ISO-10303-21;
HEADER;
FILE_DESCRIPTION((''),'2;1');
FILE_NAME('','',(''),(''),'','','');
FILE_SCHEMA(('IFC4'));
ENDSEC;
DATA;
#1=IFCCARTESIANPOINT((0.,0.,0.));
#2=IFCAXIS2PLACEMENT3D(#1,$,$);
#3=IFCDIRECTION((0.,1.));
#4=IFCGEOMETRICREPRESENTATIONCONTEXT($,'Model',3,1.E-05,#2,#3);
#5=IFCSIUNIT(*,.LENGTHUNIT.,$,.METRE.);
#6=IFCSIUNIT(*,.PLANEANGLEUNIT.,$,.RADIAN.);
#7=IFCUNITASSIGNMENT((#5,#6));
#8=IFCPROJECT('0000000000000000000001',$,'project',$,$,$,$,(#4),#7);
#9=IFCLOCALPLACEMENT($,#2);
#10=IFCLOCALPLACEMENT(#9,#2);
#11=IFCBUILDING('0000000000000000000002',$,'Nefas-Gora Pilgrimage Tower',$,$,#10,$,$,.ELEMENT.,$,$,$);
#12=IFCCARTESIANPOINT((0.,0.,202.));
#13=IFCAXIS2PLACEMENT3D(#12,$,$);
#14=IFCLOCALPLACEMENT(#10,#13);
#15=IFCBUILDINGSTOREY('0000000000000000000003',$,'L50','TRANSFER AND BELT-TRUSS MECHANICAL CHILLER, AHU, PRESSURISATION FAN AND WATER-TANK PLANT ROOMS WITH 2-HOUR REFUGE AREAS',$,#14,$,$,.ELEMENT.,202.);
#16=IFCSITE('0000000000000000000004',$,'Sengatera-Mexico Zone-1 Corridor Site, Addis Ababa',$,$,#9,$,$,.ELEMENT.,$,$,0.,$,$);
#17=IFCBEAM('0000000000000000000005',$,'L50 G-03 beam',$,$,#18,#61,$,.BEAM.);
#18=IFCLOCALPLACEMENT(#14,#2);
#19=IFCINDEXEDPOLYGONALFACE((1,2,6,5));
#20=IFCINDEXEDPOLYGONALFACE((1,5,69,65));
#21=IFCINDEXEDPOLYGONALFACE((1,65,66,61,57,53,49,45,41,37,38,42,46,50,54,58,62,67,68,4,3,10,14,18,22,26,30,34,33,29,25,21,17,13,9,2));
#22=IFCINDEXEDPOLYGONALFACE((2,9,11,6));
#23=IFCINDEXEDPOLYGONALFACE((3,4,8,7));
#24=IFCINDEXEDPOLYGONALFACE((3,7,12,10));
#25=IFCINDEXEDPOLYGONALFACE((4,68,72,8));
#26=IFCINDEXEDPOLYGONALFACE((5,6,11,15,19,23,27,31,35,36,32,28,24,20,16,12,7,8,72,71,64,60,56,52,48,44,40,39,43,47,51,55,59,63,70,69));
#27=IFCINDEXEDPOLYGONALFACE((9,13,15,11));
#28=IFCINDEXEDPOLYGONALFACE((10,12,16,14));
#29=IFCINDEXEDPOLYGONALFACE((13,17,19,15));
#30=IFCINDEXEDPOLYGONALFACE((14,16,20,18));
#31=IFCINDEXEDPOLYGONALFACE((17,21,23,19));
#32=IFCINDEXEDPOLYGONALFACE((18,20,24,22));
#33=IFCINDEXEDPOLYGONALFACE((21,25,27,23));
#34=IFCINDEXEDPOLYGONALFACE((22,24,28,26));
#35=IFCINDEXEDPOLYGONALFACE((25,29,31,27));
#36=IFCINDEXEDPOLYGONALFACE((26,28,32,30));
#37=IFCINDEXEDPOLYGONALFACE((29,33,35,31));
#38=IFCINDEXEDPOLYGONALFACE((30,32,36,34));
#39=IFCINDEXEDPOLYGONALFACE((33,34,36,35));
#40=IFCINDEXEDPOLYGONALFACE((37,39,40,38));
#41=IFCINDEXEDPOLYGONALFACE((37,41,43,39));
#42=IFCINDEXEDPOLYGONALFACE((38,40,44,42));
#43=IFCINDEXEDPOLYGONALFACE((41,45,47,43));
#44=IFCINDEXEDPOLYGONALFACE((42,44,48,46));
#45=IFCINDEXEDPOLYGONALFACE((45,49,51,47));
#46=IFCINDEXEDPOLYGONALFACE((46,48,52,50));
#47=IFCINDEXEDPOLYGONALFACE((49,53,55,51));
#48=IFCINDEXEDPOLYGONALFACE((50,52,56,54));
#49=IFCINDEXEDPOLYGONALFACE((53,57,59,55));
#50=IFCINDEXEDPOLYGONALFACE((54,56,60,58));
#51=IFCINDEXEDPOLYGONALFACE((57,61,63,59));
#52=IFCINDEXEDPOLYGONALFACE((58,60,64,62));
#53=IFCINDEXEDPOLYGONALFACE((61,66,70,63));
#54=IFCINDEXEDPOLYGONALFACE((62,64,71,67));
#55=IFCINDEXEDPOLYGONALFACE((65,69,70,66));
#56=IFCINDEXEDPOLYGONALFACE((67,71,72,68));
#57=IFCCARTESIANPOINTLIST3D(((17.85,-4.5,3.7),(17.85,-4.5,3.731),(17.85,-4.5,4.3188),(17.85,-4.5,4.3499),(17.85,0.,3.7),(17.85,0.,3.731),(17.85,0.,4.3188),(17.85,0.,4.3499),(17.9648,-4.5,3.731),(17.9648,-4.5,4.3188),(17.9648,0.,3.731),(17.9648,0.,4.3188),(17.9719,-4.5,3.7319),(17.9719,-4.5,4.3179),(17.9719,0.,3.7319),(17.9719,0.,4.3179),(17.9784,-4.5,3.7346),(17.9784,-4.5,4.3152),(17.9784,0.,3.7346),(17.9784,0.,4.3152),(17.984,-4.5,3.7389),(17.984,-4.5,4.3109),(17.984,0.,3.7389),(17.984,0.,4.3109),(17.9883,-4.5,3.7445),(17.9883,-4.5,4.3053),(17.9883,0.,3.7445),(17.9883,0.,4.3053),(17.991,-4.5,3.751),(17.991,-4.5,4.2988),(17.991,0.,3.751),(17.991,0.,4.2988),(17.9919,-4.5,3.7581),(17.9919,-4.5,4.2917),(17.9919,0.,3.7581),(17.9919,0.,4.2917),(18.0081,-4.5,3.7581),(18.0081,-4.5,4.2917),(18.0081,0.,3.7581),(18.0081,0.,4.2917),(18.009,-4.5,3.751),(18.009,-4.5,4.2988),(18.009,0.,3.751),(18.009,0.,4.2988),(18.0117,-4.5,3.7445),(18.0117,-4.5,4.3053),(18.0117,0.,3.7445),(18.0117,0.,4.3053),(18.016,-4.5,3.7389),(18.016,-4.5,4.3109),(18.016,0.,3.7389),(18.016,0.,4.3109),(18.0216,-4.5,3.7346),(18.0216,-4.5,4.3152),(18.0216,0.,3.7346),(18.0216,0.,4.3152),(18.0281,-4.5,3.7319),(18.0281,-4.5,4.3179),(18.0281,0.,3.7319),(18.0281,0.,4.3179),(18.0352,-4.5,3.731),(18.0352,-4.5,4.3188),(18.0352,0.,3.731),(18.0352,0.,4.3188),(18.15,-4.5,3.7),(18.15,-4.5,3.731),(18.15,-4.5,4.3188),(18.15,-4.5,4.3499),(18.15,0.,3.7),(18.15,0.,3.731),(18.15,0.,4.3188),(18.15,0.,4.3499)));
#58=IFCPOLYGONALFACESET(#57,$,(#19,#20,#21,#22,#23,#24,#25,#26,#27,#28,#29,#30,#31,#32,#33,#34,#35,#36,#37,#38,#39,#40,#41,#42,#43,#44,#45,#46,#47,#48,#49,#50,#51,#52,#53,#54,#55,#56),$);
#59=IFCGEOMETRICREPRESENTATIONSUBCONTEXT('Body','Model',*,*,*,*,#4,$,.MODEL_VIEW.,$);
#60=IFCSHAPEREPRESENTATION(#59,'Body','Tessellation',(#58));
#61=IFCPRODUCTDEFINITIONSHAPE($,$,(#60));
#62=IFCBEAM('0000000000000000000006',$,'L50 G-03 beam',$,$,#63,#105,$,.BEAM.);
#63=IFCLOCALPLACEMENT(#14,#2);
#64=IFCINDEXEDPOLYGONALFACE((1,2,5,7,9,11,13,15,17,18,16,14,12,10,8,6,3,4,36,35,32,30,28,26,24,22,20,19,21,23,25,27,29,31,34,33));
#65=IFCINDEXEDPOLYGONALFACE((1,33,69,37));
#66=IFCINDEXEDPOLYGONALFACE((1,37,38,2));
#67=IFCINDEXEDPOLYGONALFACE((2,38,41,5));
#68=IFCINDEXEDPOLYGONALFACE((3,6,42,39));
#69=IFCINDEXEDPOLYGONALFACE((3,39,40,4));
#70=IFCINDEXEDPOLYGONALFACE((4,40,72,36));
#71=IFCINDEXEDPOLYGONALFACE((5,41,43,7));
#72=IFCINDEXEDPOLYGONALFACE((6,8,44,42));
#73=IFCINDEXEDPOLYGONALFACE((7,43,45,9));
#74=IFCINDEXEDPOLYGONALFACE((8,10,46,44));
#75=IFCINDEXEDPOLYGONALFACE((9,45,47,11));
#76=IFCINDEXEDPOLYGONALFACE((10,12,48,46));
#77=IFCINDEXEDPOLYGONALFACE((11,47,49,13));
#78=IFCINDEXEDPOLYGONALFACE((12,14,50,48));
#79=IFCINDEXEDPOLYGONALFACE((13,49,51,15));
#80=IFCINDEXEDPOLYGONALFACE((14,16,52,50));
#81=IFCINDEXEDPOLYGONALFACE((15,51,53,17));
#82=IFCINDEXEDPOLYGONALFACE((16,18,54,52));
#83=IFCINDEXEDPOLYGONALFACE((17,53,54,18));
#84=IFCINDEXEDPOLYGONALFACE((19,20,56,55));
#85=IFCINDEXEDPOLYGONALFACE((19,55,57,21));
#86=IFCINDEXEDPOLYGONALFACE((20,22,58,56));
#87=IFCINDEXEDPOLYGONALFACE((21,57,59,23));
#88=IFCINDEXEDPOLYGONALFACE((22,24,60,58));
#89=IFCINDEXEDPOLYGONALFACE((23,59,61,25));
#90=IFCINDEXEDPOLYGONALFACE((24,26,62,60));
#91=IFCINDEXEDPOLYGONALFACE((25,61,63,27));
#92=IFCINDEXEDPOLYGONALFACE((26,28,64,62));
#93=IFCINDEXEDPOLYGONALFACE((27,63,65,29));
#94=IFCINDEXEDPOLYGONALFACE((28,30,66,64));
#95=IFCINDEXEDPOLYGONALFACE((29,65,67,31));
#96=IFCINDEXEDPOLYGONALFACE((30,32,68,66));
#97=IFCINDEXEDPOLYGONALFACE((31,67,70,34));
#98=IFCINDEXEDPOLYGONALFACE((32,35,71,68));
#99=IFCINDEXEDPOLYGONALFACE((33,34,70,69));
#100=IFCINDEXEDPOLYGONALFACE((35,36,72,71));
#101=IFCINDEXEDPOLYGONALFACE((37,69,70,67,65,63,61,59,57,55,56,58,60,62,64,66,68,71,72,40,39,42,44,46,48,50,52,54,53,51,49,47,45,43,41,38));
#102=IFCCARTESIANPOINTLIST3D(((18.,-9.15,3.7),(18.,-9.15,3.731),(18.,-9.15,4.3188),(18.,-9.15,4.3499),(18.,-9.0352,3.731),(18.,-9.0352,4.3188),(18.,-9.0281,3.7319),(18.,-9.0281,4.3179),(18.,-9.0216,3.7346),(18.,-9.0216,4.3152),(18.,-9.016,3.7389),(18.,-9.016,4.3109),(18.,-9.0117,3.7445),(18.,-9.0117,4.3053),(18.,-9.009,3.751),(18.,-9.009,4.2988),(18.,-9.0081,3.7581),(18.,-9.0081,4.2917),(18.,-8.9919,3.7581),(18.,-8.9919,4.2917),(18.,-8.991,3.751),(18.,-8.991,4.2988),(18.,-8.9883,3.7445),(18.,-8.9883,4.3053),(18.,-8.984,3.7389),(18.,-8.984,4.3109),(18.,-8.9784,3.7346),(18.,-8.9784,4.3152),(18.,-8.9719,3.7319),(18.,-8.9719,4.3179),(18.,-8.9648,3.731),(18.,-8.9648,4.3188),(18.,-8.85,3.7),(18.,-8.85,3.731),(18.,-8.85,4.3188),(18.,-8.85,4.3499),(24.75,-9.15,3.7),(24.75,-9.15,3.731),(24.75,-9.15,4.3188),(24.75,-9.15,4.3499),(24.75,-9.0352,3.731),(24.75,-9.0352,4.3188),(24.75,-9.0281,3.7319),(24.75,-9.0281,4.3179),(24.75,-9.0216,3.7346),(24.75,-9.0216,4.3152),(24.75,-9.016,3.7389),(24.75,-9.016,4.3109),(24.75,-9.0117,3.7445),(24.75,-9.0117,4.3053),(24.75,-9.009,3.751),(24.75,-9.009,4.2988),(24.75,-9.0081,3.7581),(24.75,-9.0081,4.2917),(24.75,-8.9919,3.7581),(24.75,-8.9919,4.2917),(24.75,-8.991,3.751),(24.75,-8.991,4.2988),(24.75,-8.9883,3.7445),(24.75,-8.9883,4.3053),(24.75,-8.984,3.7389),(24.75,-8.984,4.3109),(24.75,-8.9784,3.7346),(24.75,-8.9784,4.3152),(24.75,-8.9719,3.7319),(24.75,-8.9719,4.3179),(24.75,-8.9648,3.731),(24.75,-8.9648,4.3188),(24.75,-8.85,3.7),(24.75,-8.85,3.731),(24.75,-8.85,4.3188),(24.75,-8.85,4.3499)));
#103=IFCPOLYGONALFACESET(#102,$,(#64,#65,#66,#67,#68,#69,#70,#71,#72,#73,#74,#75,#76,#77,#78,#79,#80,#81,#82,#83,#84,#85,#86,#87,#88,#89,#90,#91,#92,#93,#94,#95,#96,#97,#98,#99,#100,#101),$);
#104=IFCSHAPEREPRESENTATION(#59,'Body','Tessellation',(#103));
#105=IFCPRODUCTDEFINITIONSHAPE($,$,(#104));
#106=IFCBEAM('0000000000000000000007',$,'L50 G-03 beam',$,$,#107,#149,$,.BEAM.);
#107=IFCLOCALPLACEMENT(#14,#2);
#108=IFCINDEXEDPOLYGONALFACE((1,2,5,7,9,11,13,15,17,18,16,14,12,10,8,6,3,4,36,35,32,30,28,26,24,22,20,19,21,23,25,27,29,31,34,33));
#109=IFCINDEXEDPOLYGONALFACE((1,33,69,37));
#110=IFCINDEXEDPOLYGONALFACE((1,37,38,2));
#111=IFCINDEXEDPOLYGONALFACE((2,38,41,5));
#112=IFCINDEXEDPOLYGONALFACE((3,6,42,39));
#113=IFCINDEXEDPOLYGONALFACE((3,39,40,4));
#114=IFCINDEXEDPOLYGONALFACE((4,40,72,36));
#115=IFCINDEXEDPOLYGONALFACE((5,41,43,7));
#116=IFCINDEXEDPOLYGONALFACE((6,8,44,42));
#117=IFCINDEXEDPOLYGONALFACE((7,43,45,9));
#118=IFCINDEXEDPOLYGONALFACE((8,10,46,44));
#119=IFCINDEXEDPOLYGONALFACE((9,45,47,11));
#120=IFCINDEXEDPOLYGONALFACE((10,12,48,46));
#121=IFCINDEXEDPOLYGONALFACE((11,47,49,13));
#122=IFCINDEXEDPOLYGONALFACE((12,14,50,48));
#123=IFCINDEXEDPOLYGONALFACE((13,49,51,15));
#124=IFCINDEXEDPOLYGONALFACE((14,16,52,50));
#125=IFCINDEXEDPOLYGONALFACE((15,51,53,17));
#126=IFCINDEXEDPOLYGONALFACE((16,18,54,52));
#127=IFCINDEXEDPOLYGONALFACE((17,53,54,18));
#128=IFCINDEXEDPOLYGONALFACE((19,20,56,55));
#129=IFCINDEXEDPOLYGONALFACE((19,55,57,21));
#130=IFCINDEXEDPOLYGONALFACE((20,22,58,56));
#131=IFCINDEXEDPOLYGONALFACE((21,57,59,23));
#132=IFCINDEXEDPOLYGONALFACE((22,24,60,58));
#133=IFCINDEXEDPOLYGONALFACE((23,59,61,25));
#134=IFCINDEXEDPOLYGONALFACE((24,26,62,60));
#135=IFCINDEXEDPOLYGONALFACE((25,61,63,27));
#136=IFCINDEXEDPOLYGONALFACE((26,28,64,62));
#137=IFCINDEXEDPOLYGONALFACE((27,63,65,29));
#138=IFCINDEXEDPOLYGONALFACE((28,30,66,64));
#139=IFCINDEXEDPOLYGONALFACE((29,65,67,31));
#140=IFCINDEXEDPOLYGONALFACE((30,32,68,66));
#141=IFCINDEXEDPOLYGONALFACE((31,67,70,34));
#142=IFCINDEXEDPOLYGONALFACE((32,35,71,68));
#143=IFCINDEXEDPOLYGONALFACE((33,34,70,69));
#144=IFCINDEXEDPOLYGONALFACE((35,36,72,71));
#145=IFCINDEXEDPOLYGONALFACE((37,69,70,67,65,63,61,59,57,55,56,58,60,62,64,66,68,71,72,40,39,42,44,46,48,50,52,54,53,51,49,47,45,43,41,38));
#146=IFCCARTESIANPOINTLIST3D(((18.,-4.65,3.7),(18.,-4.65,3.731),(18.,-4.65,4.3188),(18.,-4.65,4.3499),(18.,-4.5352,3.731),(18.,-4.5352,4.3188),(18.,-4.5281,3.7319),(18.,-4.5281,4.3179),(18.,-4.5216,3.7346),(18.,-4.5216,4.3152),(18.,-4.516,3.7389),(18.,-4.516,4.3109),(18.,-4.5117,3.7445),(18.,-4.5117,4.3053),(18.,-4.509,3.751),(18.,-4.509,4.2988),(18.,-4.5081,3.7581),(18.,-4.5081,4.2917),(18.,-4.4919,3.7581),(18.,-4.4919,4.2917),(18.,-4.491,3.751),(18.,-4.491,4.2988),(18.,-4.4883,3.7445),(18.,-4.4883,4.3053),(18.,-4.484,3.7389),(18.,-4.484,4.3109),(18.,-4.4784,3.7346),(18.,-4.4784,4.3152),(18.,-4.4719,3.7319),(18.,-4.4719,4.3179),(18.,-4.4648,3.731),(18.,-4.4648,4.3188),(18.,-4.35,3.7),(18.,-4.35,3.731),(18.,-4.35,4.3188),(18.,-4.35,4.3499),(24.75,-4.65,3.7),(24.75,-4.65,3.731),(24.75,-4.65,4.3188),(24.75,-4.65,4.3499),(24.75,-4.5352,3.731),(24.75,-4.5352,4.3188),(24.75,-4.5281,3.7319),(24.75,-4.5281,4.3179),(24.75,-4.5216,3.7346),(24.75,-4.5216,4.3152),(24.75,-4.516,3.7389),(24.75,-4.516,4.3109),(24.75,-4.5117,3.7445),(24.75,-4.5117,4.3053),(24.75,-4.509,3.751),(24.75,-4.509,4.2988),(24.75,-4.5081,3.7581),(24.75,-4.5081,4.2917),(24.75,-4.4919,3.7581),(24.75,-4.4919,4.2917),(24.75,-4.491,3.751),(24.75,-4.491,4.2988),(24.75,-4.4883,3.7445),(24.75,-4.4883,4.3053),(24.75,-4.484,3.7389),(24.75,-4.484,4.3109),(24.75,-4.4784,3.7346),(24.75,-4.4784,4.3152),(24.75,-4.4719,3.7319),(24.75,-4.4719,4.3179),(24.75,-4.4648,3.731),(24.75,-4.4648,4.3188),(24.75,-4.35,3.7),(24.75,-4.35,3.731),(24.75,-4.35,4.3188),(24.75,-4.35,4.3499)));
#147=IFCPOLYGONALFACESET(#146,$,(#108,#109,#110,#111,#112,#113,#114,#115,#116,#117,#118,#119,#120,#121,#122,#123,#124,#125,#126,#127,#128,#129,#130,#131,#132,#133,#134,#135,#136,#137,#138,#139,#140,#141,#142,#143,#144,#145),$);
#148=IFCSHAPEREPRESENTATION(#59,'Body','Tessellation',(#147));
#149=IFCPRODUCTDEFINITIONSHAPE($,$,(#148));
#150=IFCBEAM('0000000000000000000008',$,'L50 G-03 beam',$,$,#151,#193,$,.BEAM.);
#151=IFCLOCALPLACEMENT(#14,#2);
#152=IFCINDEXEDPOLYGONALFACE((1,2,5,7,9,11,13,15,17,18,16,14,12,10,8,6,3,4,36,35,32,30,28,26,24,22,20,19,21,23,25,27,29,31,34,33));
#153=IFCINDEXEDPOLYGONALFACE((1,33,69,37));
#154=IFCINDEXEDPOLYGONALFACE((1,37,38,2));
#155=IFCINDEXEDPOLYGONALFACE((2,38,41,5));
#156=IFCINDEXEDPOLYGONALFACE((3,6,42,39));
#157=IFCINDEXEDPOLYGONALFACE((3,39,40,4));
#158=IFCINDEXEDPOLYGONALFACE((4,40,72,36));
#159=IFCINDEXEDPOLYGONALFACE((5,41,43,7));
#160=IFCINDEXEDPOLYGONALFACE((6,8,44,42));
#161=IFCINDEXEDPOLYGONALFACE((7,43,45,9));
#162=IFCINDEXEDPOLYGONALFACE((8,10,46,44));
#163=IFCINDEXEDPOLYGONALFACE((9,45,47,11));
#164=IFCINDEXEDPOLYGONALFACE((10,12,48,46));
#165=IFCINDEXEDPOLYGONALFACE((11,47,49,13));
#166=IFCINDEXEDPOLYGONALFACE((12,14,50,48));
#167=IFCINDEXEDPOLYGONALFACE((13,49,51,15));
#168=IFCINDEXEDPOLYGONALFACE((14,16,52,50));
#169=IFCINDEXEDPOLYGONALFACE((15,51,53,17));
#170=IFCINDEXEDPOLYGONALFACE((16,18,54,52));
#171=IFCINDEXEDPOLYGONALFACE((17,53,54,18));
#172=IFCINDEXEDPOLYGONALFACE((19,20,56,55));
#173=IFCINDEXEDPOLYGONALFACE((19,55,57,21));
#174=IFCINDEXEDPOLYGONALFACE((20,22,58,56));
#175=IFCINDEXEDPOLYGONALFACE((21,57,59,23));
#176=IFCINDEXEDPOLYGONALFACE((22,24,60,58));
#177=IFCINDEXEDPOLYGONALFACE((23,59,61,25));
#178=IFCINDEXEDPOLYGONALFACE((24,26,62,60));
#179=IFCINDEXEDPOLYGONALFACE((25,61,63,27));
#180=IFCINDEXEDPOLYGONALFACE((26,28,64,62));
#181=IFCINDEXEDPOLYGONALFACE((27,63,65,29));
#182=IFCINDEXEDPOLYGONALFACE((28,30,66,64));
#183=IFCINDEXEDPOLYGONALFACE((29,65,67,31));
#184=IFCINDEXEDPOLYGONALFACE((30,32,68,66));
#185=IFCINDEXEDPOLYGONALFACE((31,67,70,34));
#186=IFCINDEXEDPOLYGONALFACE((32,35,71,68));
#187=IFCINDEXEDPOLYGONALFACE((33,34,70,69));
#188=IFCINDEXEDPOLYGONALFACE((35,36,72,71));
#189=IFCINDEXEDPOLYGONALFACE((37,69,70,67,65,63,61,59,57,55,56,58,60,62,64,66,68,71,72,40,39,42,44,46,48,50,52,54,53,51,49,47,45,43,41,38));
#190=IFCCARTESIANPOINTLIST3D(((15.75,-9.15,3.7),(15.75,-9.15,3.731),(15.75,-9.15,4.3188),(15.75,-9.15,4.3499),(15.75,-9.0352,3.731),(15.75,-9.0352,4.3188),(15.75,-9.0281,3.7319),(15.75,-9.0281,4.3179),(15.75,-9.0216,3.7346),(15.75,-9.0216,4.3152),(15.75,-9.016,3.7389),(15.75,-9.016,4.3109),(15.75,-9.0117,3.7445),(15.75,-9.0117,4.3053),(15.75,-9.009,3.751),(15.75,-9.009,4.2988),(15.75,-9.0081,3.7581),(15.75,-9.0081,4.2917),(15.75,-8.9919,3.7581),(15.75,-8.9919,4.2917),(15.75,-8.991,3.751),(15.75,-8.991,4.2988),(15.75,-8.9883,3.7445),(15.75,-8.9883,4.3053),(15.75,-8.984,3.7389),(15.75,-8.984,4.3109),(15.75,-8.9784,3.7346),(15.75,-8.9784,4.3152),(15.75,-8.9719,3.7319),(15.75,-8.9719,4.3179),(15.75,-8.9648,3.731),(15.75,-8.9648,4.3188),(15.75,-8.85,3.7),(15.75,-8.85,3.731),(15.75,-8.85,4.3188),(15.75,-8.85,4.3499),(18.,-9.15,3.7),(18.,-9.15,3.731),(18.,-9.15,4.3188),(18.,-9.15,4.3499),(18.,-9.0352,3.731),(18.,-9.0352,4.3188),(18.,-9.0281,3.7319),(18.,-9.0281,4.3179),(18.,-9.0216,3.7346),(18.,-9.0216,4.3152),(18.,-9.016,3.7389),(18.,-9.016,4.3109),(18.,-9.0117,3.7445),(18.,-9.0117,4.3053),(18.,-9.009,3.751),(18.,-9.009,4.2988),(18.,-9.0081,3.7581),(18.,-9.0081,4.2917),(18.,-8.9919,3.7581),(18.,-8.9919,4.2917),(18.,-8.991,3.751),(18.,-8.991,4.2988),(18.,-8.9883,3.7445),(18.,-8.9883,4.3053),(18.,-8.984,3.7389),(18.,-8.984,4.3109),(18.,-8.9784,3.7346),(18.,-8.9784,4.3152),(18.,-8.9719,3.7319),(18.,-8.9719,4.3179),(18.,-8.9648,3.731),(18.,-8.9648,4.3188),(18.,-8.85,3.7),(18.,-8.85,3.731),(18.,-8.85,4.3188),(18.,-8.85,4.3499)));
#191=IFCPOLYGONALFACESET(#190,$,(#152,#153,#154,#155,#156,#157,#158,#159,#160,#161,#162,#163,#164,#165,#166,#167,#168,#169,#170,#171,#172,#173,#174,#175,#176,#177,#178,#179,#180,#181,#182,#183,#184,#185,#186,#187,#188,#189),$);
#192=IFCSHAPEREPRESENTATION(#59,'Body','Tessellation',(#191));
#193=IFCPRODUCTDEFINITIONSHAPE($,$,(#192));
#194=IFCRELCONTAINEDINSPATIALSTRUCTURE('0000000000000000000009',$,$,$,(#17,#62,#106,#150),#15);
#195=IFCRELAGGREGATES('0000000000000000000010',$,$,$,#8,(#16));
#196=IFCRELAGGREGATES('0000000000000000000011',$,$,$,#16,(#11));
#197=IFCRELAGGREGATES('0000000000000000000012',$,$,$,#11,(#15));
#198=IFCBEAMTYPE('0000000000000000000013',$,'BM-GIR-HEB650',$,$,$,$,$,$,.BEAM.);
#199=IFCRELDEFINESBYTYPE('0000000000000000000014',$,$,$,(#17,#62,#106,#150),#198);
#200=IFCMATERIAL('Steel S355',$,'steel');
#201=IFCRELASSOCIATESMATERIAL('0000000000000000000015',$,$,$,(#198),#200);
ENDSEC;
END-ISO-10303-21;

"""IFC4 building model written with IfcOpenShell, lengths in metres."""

from ifc_helpers import new_model, si_unit, direction, frame, origin, origin_2d, place, context, subcontext, project, spatial, i_section, extrude, source, transform, mapped, material, material_profile, profile_set, type_object, element, save


model = new_model("IFC4")

# Units and contexts
model_context = context("Model", 3, precision=1e-05, world=origin(), true_north=direction((0.0, 1.0)))
body_context = subcontext(model_context, "Body", "Model", "MODEL_VIEW")
ifc_project = project(units=[si_unit("LENGTHUNIT", "METRE"), si_unit("PLANEANGLEUNIT", "RADIAN")], contexts=[model_context])

# Site, building, storey
site_placement = place(None, origin())
site = spatial("IfcSite", under=ifc_project, at=site_placement, Name="Sengatera-Mexico Zone-1 Corridor Site, Addis Ababa", CompositionType="ELEMENT", RefElevation=0.0)
building_placement = place(site_placement, origin())
building = spatial("IfcBuilding", under=site, at=building_placement, Name="Nefas-Gora Pilgrimage Tower", CompositionType="ELEMENT")
storey_placement = place(building_placement, frame((0.0, 0.0, 202.0)))
storey = spatial("IfcBuildingStorey", under=building, at=storey_placement, Name="L50", Description="TRANSFER AND BELT-TRUSS MECHANICAL CHILLER, AHU, PRESSURISATION FAN AND WATER-TANK PLANT ROOMS WITH 2-HOUR REFUGE AREAS", CompositionType="ELEMENT", Elevation=202.0)

# Beams
ifc_material_1 = material(Name="Steel S355", Category="steel")
ifc_material_profile_1 = material_profile(ifc_material_1, i_section(OverallWidth=0.3, OverallDepth=0.6499, WebThickness=0.0161, FlangeThickness=0.031, FilletRadius=0.0271, at=origin_2d()), Name="HEB 650")
ifc_profile_set_1 = profile_set([ifc_material_profile_1], Name="Steel S355")
beam_type_1 = type_object("IfcBeamType", Name="BM-GIR-HEB650", PredefinedType="BEAM", material=ifc_profile_set_1)
shared_shape_1 = source(origin(), body_context, "Body", "SweptSolid", [
    extrude(i_section(OverallWidth=0.3, OverallDepth=0.6499, WebThickness=0.0161, FlangeThickness=0.031, FilletRadius=0.0271, at=origin_2d()), origin(), (0.0, 0.0, 1.0), 4.5),
])
for number, where, z_axis, x_axis, name in (
    (1, (18.0, -4.5, 4.0249), (0.0, 1.0, 0.0), (-1.0, 0.0, 0.0), "L50 G-03 beam"),
):
    element("IfcBeam", number, at=place(storey_placement, frame(where, z_axis=z_axis, x_axis=x_axis)), inside=storey, type_object=beam_type_1, Name=name, PredefinedType="BEAM", context=body_context, shape_type="MappedRepresentation", body=[
        mapped(shared_shape_1, transform((0.0, 0.0, 0.0), x_axis=(1.0, 0.0, 0.0), y_axis=(0.0, 1.0, 0.0), z_axis=(0.0, 0.0, 1.0), scale=1.0)),
    ])
shared_shape_2 = source(origin(), body_context, "Body", "SweptSolid", [
    extrude(i_section(OverallWidth=0.3, OverallDepth=0.6499, WebThickness=0.0161, FlangeThickness=0.031, FilletRadius=0.0271, at=origin_2d()), origin(), (0.0, 0.0, 1.0), 6.75),
])
for number, where, z_axis, x_axis, name in (
    (2, (18.0, -9.0, 4.0249), (1.0, 0.0, 0.0), (0.0, 1.0, 0.0), "L50 G-03 beam"),
    (3, (18.0, -4.5, 4.0249), (1.0, 0.0, 0.0), (0.0, 1.0, 0.0), "L50 G-03 beam"),
):
    element("IfcBeam", number, at=place(storey_placement, frame(where, z_axis=z_axis, x_axis=x_axis)), inside=storey, type_object=beam_type_1, Name=name, PredefinedType="BEAM", context=body_context, shape_type="MappedRepresentation", body=[
        mapped(shared_shape_2, transform((0.0, 0.0, 0.0), x_axis=(1.0, 0.0, 0.0), y_axis=(0.0, 1.0, 0.0), z_axis=(0.0, 0.0, 1.0), scale=1.0)),
    ])
shared_shape_3 = source(origin(), body_context, "Body", "SweptSolid", [
    extrude(i_section(OverallWidth=0.3, OverallDepth=0.6499, WebThickness=0.0161, FlangeThickness=0.031, FilletRadius=0.0271, at=origin_2d()), origin(), (0.0, 0.0, 1.0), 2.25),
])
for number, where, z_axis, x_axis, name in (
    (4, (15.75, -9.0, 4.0249), (1.0, 0.0, 0.0), (0.0, 1.0, 0.0), "L50 G-03 beam"),
):
    element("IfcBeam", number, at=place(storey_placement, frame(where, z_axis=z_axis, x_axis=x_axis)), inside=storey, type_object=beam_type_1, Name=name, PredefinedType="BEAM", context=body_context, shape_type="MappedRepresentation", body=[
        mapped(shared_shape_3, transform((0.0, 0.0, 0.0), x_axis=(1.0, 0.0, 0.0), y_axis=(0.0, 1.0, 0.0), z_axis=(0.0, 0.0, 1.0), scale=1.0)),
    ])

save(model, "model.ifc")
